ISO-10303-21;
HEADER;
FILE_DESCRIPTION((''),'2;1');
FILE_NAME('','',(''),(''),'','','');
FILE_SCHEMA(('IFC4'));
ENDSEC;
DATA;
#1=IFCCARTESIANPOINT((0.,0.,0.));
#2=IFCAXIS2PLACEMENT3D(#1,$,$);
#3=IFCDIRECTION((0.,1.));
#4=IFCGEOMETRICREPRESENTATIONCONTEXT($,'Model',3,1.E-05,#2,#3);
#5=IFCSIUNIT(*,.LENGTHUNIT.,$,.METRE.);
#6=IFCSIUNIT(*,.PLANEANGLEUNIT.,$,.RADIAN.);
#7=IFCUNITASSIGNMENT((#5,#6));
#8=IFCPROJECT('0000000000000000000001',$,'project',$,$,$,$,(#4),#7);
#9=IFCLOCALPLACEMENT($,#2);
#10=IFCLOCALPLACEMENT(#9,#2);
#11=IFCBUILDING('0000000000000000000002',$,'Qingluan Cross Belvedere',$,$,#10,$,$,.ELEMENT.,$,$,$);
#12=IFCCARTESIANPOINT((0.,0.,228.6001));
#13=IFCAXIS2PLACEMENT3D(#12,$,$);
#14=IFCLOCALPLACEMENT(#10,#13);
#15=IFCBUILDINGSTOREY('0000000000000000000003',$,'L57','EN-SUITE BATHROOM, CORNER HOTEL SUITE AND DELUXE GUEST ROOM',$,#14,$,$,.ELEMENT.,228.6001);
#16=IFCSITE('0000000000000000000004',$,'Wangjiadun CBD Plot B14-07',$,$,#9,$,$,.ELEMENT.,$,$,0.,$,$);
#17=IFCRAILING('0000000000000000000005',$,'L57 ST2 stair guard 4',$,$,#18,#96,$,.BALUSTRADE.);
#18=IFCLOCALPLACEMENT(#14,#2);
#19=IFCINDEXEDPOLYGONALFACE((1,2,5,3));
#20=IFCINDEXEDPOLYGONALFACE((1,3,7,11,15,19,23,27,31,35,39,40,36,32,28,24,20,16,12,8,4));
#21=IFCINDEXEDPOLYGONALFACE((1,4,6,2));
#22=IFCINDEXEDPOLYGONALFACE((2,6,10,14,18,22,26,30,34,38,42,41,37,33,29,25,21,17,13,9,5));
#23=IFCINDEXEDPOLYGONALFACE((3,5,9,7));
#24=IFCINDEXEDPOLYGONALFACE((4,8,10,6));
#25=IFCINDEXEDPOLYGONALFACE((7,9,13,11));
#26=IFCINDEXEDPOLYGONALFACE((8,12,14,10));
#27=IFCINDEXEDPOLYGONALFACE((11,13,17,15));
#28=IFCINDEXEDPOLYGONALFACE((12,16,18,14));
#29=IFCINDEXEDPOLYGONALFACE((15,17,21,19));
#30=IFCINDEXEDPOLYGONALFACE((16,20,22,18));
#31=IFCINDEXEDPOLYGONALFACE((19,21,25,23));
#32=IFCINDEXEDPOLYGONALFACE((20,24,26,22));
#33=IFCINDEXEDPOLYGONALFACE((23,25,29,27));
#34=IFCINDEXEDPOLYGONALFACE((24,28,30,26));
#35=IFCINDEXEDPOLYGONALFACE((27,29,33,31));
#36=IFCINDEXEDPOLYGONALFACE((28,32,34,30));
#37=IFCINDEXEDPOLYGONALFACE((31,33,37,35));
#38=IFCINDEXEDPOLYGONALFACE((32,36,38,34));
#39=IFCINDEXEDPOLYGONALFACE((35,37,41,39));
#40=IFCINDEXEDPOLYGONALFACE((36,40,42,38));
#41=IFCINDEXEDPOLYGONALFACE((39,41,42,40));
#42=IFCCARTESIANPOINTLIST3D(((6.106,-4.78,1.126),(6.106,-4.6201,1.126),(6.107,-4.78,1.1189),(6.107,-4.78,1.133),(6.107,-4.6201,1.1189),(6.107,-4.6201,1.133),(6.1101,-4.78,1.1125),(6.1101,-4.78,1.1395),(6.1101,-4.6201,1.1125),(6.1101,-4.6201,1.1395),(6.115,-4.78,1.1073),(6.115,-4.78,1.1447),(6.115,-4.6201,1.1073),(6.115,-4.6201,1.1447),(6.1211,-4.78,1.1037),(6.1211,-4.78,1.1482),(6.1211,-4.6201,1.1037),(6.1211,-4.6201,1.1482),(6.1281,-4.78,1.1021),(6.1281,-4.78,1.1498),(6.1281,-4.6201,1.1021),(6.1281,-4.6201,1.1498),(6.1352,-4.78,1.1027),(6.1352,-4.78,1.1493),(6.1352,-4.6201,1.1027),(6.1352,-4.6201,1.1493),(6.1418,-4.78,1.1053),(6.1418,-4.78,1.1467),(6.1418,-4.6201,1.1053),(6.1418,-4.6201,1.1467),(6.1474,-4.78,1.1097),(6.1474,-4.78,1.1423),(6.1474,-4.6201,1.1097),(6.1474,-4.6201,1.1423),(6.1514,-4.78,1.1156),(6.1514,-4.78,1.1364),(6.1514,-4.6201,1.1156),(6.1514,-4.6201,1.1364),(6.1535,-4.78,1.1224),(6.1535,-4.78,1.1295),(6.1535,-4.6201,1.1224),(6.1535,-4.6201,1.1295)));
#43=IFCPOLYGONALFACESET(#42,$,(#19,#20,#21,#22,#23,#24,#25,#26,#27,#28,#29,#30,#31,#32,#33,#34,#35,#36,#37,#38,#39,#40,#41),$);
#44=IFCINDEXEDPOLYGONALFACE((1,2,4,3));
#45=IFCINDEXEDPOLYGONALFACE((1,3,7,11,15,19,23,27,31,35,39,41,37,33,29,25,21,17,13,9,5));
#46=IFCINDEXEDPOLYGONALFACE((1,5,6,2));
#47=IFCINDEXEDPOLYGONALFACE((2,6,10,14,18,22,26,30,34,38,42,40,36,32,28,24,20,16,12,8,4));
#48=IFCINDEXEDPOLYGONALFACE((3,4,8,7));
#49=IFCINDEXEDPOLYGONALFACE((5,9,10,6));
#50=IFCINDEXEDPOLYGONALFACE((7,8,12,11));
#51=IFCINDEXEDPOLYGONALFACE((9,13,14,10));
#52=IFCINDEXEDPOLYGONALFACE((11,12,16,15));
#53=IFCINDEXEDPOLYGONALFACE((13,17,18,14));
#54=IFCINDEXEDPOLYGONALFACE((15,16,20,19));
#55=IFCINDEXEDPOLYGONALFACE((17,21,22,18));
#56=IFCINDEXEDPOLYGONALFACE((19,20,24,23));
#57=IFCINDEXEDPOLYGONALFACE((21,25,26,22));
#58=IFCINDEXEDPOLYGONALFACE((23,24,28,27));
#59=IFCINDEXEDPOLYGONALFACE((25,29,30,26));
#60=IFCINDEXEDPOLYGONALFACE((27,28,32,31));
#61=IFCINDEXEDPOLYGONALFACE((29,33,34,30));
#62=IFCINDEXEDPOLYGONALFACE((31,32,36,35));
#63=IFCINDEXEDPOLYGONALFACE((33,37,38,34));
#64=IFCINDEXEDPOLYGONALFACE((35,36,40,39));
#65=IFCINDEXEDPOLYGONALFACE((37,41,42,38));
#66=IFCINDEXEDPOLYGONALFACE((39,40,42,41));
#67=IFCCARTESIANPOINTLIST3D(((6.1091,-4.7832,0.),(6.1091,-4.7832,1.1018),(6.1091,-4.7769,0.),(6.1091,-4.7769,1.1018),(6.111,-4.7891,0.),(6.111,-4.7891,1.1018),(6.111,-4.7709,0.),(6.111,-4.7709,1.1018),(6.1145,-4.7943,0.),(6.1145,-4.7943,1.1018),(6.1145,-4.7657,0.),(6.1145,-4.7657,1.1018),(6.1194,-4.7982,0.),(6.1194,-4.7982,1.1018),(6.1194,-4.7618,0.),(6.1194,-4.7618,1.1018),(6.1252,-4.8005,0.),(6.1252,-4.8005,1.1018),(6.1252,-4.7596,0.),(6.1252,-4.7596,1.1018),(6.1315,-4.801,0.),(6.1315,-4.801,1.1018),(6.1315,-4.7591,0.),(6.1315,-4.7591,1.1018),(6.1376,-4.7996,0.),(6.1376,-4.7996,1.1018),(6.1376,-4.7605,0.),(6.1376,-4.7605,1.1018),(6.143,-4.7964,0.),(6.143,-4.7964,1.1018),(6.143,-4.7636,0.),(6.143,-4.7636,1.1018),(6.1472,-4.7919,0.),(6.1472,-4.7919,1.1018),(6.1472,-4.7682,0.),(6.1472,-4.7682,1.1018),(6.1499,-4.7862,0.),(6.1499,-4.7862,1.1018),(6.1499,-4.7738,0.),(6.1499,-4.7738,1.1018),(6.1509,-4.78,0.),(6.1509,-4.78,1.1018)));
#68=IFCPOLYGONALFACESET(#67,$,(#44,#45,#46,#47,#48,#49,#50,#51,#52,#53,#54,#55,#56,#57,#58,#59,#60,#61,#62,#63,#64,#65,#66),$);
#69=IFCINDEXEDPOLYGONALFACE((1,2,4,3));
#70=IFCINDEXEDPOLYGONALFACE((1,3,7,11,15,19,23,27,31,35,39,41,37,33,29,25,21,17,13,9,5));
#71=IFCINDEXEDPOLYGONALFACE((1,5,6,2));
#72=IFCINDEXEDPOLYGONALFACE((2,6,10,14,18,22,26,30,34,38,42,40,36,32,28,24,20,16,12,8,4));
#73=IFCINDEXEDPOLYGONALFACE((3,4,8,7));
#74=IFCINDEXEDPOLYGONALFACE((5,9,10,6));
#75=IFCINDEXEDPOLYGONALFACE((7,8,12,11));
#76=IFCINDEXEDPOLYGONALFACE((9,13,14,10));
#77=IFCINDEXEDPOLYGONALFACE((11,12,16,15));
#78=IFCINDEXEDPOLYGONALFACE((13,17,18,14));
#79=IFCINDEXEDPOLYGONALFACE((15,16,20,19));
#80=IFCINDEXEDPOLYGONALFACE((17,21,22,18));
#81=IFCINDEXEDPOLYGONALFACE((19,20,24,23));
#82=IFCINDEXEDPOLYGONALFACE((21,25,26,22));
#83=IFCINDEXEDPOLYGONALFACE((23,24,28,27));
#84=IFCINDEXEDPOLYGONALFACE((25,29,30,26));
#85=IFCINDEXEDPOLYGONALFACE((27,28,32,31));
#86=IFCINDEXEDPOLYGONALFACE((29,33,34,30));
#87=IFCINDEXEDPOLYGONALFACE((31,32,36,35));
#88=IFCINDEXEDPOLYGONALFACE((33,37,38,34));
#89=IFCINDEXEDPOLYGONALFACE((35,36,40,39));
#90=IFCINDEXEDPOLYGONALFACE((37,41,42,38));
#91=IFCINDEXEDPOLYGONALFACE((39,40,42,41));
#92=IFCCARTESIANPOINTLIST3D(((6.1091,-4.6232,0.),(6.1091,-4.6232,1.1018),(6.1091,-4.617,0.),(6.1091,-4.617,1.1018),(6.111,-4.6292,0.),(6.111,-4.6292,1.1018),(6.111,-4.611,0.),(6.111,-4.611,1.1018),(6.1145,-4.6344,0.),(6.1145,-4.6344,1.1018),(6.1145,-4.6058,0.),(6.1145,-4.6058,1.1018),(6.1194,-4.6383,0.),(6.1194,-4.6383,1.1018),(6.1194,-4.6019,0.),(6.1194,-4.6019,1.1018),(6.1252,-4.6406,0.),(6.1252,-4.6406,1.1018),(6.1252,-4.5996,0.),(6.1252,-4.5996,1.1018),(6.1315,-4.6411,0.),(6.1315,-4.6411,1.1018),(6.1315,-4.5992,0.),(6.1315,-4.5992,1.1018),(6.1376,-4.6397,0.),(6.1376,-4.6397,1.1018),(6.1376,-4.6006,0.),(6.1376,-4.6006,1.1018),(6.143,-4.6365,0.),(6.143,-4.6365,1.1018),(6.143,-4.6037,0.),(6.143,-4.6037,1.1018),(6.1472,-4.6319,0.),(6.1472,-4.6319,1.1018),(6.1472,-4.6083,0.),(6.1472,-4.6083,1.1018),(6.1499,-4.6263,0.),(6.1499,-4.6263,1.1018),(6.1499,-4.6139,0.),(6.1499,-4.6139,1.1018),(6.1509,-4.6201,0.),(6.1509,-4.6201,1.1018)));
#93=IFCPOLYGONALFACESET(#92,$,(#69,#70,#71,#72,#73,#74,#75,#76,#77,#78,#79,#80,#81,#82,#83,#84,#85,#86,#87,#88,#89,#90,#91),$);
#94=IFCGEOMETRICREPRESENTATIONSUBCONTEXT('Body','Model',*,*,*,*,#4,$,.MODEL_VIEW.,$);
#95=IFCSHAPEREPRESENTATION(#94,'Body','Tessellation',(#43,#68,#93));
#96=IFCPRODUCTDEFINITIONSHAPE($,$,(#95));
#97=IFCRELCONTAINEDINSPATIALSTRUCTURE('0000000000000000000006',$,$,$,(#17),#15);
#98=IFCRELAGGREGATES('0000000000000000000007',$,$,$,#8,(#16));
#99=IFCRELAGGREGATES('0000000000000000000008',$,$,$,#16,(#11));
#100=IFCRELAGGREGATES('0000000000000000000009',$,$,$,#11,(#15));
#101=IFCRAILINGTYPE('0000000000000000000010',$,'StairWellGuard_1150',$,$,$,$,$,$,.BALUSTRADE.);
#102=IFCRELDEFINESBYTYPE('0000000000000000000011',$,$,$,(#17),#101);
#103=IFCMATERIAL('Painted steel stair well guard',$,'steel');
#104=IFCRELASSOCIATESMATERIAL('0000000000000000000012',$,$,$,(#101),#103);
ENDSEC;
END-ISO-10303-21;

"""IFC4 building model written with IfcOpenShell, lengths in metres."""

from ifc_helpers import new_model, si_unit, direction, frame, origin, origin_2d, place, context, subcontext, project, spatial, circle, extrude, material, type_object, element, save


model = new_model("IFC4")

# Units and contexts
model_context = context("Model", 3, precision=1e-05, world=origin(), true_north=direction((0.0, 1.0)))
body_context = subcontext(model_context, "Body", "Model", "MODEL_VIEW")
ifc_project = project(units=[si_unit("LENGTHUNIT", "METRE"), si_unit("PLANEANGLEUNIT", "RADIAN")], contexts=[model_context])

# Site, building, storey
site_placement = place(None, origin())
site = spatial("IfcSite", under=ifc_project, at=site_placement, Name="Wangjiadun CBD Plot B14-07", CompositionType="ELEMENT", RefElevation=0.0)
building_placement = place(site_placement, origin())
building = spatial("IfcBuilding", under=site, at=building_placement, Name="Qingluan Cross Belvedere", CompositionType="ELEMENT")
storey_placement = place(building_placement, frame((0.0, 0.0, 228.6001)))
storey = spatial("IfcBuildingStorey", under=building, at=storey_placement, Name="L57", Description="EN-SUITE BATHROOM, CORNER HOTEL SUITE AND DELUXE GUEST ROOM", CompositionType="ELEMENT", Elevation=228.6001)

# Railing
ifc_material_1 = material(Name="Painted steel stair well guard", Category="steel")
railing_type_1 = type_object("IfcRailingType", Name="StairWellGuard_1150", PredefinedType="BALUSTRADE", material=ifc_material_1)
railing_1_placement = place(storey_placement, frame((6.1299, -4.78, 0.0)))
element("IfcRailing", 1, at=railing_1_placement, inside=storey, type_object=railing_type_1, Name="L57 ST2 stair guard 4", PredefinedType="BALUSTRADE", context=body_context, shape_type="SweptSolid", body=[
    extrude(circle(Radius=0.0239, at=origin_2d()), frame((0.0, 0.0, 1.126), z_axis=(0.0, 1.0, 0.0), x_axis=(-1.0, 0.0, 0.0)), (0.0, 0.0, 1.0), 0.1599),
    extrude(circle(Radius=0.021, at=origin_2d()), origin(), (0.0, 0.0, 1.0), 1.1018),
    extrude(circle(Radius=0.021, at=origin_2d()), frame((0.0, 0.1599, 0.0)), (0.0, 0.0, 1.0), 1.1018),
])

save(model, "model.ifc")
